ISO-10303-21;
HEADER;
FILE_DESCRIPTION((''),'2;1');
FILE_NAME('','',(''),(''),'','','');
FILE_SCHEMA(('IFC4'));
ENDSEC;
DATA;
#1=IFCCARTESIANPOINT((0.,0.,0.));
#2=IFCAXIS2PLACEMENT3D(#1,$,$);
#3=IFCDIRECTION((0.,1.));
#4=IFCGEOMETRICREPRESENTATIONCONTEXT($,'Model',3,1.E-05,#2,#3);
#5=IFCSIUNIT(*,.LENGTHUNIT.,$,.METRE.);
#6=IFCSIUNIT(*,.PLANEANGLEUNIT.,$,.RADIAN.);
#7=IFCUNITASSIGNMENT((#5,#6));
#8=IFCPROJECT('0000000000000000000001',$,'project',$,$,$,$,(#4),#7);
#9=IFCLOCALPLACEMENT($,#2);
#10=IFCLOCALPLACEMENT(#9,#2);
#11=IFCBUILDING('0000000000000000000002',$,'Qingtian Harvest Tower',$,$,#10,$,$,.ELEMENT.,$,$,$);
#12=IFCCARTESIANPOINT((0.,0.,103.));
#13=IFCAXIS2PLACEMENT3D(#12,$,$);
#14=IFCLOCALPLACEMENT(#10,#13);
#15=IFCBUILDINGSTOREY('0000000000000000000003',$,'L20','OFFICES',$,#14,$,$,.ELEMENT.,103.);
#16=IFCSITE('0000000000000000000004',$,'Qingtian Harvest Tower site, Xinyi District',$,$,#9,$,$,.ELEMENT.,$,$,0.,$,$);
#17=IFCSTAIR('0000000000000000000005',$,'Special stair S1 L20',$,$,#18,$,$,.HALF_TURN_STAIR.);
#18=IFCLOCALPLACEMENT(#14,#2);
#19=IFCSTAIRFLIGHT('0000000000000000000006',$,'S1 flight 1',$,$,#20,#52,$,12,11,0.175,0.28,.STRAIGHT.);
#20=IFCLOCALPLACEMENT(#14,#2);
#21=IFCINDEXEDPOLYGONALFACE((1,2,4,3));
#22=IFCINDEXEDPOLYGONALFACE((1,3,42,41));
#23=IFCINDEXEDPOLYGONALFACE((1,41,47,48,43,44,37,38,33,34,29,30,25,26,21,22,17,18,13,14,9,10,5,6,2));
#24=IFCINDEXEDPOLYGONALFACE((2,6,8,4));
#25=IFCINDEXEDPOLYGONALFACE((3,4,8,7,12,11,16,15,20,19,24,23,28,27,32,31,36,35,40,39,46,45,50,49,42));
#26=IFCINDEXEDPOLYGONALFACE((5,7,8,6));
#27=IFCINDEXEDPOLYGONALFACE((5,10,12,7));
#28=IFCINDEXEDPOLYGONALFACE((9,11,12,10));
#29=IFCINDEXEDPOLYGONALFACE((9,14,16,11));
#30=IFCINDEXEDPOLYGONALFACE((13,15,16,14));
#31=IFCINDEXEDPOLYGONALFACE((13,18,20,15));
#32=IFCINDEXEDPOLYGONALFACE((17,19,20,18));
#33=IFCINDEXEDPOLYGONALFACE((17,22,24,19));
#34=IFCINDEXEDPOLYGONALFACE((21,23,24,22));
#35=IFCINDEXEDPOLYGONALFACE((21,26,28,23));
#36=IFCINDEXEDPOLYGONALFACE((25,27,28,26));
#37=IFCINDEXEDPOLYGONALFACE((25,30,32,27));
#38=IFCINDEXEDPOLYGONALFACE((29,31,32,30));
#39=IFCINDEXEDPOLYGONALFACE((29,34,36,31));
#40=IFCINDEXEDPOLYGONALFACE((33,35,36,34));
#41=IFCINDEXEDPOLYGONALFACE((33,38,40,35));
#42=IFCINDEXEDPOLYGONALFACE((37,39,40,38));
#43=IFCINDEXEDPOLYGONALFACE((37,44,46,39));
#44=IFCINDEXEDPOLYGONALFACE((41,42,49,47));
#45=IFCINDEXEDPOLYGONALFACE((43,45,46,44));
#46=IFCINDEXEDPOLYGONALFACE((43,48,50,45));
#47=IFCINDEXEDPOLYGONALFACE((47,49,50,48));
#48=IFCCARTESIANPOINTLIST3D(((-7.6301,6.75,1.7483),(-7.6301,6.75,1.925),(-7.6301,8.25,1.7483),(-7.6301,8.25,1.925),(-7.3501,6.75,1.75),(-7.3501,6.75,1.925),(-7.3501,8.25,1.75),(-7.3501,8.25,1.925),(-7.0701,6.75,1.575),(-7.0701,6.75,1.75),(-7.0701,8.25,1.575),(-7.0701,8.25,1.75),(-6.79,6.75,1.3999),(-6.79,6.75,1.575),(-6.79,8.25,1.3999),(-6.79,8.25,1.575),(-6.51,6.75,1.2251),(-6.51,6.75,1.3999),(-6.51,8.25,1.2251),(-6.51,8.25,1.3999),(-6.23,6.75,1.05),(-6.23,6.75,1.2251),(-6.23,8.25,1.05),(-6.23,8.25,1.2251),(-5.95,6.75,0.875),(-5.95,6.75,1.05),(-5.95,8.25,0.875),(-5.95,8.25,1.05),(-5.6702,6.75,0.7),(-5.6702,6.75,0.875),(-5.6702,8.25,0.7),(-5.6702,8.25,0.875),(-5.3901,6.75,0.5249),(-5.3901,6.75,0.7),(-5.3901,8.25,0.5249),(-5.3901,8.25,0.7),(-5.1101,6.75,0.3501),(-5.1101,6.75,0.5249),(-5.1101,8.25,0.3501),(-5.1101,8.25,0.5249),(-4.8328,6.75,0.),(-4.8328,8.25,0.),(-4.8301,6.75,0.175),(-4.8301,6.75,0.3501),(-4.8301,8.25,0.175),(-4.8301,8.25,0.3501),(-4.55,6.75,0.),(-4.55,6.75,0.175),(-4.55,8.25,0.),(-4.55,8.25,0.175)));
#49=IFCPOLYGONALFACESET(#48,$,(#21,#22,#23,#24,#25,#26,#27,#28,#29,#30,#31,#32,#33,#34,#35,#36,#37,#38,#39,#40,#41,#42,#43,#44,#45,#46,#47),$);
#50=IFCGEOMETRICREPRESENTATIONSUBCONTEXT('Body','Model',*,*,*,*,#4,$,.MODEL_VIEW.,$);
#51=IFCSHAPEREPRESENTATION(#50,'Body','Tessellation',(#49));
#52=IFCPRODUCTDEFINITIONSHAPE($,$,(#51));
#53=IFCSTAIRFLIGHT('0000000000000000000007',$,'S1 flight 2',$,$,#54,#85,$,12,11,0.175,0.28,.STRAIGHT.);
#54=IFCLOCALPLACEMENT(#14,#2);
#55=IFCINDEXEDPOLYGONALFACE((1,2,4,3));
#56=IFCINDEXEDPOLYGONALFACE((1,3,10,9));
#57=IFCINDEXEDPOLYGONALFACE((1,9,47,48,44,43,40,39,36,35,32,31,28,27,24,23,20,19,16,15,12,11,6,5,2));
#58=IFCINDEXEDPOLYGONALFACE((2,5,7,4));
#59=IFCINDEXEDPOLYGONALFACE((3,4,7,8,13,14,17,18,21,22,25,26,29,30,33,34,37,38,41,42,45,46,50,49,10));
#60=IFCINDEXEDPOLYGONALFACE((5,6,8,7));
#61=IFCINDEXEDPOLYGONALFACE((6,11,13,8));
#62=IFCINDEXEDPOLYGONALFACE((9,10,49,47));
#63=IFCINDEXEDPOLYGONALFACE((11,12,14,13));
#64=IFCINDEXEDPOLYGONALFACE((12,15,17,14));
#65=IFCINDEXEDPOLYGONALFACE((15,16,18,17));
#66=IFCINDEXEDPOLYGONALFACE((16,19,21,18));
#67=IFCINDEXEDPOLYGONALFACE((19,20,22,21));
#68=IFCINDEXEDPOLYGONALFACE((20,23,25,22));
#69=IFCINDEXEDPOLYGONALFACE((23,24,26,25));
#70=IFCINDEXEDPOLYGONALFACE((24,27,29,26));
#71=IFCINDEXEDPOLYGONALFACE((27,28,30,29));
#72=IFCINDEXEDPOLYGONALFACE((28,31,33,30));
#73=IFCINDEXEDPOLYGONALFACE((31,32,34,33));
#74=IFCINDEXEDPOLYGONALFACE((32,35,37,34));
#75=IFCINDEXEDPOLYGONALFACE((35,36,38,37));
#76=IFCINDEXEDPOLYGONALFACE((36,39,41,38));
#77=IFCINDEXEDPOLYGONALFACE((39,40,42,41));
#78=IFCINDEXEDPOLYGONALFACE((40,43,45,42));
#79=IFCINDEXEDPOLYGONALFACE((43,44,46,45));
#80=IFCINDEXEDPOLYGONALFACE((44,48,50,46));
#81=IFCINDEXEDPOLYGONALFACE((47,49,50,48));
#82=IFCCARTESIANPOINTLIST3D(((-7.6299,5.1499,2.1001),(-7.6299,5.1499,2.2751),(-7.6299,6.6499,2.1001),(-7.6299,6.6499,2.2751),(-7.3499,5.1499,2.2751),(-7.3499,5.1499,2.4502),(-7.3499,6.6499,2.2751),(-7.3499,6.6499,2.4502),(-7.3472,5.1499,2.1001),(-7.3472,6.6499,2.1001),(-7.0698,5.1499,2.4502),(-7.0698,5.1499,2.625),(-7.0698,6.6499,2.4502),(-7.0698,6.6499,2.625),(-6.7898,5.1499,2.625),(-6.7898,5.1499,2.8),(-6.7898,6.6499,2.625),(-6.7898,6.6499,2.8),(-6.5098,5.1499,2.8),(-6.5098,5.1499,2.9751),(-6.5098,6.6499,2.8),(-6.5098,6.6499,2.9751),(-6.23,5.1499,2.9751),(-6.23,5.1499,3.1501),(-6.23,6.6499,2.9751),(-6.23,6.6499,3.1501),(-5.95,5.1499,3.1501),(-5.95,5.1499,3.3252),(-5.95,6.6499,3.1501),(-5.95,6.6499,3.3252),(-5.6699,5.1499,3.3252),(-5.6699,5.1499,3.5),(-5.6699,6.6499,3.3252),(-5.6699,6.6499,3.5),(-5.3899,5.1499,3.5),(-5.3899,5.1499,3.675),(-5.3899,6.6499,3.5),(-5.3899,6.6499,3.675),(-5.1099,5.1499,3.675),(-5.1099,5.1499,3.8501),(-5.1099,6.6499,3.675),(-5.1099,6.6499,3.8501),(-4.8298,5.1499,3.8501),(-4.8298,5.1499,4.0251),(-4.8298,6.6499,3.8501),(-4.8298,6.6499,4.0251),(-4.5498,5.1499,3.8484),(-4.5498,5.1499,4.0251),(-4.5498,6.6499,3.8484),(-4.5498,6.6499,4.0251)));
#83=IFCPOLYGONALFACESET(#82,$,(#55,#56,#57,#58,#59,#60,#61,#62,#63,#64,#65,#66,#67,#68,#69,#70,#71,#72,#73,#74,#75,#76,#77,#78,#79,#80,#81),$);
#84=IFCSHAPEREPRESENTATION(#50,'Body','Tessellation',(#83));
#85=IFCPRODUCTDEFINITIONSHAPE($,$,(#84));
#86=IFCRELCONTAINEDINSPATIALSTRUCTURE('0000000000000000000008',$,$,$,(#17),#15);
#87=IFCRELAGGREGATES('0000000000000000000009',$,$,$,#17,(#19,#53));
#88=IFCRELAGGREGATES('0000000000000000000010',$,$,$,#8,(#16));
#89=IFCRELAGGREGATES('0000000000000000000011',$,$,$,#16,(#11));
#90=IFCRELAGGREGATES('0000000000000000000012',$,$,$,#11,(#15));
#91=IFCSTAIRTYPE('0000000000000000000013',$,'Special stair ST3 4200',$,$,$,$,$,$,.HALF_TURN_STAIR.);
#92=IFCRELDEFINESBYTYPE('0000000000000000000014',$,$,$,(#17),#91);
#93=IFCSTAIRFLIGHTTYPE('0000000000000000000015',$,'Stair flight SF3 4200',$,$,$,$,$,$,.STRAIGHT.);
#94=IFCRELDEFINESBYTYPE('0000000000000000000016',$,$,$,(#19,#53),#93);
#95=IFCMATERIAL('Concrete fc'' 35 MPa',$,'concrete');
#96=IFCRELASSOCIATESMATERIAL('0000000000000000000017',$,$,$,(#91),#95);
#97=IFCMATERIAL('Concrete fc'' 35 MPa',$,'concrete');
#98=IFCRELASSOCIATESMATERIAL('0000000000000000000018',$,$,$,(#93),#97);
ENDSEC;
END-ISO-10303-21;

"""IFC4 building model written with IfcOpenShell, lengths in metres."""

from ifc_helpers import new_model, si_unit, direction, frame, origin, place, context, subcontext, project, spatial, polyline, outline, extrude, material, type_object, element, aggregate, save


model = new_model("IFC4")

# Units and contexts
model_context = context("Model", 3, precision=1e-05, world=origin(), true_north=direction((0.0, 1.0)))
body_context = subcontext(model_context, "Body", "Model", "MODEL_VIEW")
ifc_project = project(units=[si_unit("LENGTHUNIT", "METRE"), si_unit("PLANEANGLEUNIT", "RADIAN")], contexts=[model_context])

# Site, building, storey
site_placement = place(None, origin())
site = spatial("IfcSite", under=ifc_project, at=site_placement, Name="Qingtian Harvest Tower site, Xinyi District", CompositionType="ELEMENT", RefElevation=0.0)
building_placement = place(site_placement, origin())
building = spatial("IfcBuilding", under=site, at=building_placement, Name="Qingtian Harvest Tower", CompositionType="ELEMENT")
storey_placement = place(building_placement, frame((0.0, 0.0, 103.0)))
storey = spatial("IfcBuildingStorey", under=building, at=storey_placement, Name="L20", Description="OFFICES", CompositionType="ELEMENT", Elevation=103.0)

# Stair, stair flights
ifc_material_1 = material(Name="Concrete fc' 35 MPa", Category="concrete")
stair_type = type_object("IfcStairType", Name="Special stair ST3 4200", PredefinedType="HALF_TURN_STAIR", material=ifc_material_1)
stair_placement = place(storey_placement, origin())
stair = element("IfcStair", 1, at=stair_placement, inside=storey, type_object=stair_type, Name="Special stair S1 L20", PredefinedType="HALF_TURN_STAIR")
ifc_material_2 = material(Name="Concrete fc' 35 MPa", Category="concrete")
stair_flight_type = type_object("IfcStairFlightType", Name="Stair flight SF3 4200", PredefinedType="STRAIGHT", material=ifc_material_2)
stair_flight_1_placement = place(storey_placement, frame((-4.55, 7.5, 0.0), z_axis=(0.0, 0.0, 1.0), x_axis=(-1.0, 0.0, 0.0)))
stair_flight_1 = element("IfcStairFlight", 2, at=stair_flight_1_placement, type_object=stair_flight_type, Name="S1 flight 1", NumberOfRisers=12, NumberOfTreads=11, PredefinedType="STRAIGHT", RiserHeight=0.175, TreadLength=0.28, context=body_context, shape_type="SweptSolid", body=[
    extrude(outline(polyline([(0.0, 0.0), (0.0, 0.175), (0.28, 0.175), (0.28, 0.3501), (0.5601, 0.3501), (0.5601, 0.5249), (0.8401, 0.5249), (0.8401, 0.7), (1.1201, 0.7), (1.1201, 0.875), (1.3999, 0.875), (1.3999, 1.05), (1.6799, 1.05), (1.6799, 1.2251), (1.96, 1.2251), (1.96, 1.3999), (2.24, 1.3999), (2.24, 1.575), (2.52, 1.575), (2.52, 1.75), (2.8, 1.75), (2.8, 1.925), (3.0801, 1.925), (3.0801, 2.1001), (3.0801, 1.7483), (0.2827, 0.0), (0.0, 0.0)])), frame((0.0, 0.75, 0.0), z_axis=(0.0, -1.0, 0.0), x_axis=(1.0, 0.0, 0.0)), (0.0, 0.0, 1.0), 1.5),
])
stair_flight_2_placement = place(storey_placement, frame((-7.6299, 5.8999, 2.1001), z_axis=(0.0, 0.0, 1.0), x_axis=(1.0, 0.0, 0.0)))
stair_flight_2 = element("IfcStairFlight", 3, at=stair_flight_2_placement, type_object=stair_flight_type, Name="S1 flight 2", NumberOfRisers=12, NumberOfTreads=11, PredefinedType="STRAIGHT", RiserHeight=0.175, TreadLength=0.28, context=body_context, shape_type="SweptSolid", body=[
    extrude(outline(polyline([(0.0, 0.0), (0.0, 0.175), (0.28, 0.175), (0.28, 0.3501), (0.5601, 0.3501), (0.5601, 0.5249), (0.8401, 0.5249), (0.8401, 0.7), (1.1201, 0.7), (1.1201, 0.875), (1.3999, 0.875), (1.3999, 1.05), (1.6799, 1.05), (1.6799, 1.2251), (1.96, 1.2251), (1.96, 1.3999), (2.24, 1.3999), (2.24, 1.575), (2.52, 1.575), (2.52, 1.75), (2.8, 1.75), (2.8, 1.925), (3.0801, 1.925), (3.0801, 2.1001), (3.0801, 1.7483), (0.2827, 0.0), (0.0, 0.0)])), frame((0.0, 0.75, 0.0), z_axis=(0.0, -1.0, 0.0), x_axis=(1.0, 0.0, 0.0)), (0.0, 0.0, 1.0), 1.5),
])
aggregate(stair, [stair_flight_1, stair_flight_2])

save(model, "model.ifc")
